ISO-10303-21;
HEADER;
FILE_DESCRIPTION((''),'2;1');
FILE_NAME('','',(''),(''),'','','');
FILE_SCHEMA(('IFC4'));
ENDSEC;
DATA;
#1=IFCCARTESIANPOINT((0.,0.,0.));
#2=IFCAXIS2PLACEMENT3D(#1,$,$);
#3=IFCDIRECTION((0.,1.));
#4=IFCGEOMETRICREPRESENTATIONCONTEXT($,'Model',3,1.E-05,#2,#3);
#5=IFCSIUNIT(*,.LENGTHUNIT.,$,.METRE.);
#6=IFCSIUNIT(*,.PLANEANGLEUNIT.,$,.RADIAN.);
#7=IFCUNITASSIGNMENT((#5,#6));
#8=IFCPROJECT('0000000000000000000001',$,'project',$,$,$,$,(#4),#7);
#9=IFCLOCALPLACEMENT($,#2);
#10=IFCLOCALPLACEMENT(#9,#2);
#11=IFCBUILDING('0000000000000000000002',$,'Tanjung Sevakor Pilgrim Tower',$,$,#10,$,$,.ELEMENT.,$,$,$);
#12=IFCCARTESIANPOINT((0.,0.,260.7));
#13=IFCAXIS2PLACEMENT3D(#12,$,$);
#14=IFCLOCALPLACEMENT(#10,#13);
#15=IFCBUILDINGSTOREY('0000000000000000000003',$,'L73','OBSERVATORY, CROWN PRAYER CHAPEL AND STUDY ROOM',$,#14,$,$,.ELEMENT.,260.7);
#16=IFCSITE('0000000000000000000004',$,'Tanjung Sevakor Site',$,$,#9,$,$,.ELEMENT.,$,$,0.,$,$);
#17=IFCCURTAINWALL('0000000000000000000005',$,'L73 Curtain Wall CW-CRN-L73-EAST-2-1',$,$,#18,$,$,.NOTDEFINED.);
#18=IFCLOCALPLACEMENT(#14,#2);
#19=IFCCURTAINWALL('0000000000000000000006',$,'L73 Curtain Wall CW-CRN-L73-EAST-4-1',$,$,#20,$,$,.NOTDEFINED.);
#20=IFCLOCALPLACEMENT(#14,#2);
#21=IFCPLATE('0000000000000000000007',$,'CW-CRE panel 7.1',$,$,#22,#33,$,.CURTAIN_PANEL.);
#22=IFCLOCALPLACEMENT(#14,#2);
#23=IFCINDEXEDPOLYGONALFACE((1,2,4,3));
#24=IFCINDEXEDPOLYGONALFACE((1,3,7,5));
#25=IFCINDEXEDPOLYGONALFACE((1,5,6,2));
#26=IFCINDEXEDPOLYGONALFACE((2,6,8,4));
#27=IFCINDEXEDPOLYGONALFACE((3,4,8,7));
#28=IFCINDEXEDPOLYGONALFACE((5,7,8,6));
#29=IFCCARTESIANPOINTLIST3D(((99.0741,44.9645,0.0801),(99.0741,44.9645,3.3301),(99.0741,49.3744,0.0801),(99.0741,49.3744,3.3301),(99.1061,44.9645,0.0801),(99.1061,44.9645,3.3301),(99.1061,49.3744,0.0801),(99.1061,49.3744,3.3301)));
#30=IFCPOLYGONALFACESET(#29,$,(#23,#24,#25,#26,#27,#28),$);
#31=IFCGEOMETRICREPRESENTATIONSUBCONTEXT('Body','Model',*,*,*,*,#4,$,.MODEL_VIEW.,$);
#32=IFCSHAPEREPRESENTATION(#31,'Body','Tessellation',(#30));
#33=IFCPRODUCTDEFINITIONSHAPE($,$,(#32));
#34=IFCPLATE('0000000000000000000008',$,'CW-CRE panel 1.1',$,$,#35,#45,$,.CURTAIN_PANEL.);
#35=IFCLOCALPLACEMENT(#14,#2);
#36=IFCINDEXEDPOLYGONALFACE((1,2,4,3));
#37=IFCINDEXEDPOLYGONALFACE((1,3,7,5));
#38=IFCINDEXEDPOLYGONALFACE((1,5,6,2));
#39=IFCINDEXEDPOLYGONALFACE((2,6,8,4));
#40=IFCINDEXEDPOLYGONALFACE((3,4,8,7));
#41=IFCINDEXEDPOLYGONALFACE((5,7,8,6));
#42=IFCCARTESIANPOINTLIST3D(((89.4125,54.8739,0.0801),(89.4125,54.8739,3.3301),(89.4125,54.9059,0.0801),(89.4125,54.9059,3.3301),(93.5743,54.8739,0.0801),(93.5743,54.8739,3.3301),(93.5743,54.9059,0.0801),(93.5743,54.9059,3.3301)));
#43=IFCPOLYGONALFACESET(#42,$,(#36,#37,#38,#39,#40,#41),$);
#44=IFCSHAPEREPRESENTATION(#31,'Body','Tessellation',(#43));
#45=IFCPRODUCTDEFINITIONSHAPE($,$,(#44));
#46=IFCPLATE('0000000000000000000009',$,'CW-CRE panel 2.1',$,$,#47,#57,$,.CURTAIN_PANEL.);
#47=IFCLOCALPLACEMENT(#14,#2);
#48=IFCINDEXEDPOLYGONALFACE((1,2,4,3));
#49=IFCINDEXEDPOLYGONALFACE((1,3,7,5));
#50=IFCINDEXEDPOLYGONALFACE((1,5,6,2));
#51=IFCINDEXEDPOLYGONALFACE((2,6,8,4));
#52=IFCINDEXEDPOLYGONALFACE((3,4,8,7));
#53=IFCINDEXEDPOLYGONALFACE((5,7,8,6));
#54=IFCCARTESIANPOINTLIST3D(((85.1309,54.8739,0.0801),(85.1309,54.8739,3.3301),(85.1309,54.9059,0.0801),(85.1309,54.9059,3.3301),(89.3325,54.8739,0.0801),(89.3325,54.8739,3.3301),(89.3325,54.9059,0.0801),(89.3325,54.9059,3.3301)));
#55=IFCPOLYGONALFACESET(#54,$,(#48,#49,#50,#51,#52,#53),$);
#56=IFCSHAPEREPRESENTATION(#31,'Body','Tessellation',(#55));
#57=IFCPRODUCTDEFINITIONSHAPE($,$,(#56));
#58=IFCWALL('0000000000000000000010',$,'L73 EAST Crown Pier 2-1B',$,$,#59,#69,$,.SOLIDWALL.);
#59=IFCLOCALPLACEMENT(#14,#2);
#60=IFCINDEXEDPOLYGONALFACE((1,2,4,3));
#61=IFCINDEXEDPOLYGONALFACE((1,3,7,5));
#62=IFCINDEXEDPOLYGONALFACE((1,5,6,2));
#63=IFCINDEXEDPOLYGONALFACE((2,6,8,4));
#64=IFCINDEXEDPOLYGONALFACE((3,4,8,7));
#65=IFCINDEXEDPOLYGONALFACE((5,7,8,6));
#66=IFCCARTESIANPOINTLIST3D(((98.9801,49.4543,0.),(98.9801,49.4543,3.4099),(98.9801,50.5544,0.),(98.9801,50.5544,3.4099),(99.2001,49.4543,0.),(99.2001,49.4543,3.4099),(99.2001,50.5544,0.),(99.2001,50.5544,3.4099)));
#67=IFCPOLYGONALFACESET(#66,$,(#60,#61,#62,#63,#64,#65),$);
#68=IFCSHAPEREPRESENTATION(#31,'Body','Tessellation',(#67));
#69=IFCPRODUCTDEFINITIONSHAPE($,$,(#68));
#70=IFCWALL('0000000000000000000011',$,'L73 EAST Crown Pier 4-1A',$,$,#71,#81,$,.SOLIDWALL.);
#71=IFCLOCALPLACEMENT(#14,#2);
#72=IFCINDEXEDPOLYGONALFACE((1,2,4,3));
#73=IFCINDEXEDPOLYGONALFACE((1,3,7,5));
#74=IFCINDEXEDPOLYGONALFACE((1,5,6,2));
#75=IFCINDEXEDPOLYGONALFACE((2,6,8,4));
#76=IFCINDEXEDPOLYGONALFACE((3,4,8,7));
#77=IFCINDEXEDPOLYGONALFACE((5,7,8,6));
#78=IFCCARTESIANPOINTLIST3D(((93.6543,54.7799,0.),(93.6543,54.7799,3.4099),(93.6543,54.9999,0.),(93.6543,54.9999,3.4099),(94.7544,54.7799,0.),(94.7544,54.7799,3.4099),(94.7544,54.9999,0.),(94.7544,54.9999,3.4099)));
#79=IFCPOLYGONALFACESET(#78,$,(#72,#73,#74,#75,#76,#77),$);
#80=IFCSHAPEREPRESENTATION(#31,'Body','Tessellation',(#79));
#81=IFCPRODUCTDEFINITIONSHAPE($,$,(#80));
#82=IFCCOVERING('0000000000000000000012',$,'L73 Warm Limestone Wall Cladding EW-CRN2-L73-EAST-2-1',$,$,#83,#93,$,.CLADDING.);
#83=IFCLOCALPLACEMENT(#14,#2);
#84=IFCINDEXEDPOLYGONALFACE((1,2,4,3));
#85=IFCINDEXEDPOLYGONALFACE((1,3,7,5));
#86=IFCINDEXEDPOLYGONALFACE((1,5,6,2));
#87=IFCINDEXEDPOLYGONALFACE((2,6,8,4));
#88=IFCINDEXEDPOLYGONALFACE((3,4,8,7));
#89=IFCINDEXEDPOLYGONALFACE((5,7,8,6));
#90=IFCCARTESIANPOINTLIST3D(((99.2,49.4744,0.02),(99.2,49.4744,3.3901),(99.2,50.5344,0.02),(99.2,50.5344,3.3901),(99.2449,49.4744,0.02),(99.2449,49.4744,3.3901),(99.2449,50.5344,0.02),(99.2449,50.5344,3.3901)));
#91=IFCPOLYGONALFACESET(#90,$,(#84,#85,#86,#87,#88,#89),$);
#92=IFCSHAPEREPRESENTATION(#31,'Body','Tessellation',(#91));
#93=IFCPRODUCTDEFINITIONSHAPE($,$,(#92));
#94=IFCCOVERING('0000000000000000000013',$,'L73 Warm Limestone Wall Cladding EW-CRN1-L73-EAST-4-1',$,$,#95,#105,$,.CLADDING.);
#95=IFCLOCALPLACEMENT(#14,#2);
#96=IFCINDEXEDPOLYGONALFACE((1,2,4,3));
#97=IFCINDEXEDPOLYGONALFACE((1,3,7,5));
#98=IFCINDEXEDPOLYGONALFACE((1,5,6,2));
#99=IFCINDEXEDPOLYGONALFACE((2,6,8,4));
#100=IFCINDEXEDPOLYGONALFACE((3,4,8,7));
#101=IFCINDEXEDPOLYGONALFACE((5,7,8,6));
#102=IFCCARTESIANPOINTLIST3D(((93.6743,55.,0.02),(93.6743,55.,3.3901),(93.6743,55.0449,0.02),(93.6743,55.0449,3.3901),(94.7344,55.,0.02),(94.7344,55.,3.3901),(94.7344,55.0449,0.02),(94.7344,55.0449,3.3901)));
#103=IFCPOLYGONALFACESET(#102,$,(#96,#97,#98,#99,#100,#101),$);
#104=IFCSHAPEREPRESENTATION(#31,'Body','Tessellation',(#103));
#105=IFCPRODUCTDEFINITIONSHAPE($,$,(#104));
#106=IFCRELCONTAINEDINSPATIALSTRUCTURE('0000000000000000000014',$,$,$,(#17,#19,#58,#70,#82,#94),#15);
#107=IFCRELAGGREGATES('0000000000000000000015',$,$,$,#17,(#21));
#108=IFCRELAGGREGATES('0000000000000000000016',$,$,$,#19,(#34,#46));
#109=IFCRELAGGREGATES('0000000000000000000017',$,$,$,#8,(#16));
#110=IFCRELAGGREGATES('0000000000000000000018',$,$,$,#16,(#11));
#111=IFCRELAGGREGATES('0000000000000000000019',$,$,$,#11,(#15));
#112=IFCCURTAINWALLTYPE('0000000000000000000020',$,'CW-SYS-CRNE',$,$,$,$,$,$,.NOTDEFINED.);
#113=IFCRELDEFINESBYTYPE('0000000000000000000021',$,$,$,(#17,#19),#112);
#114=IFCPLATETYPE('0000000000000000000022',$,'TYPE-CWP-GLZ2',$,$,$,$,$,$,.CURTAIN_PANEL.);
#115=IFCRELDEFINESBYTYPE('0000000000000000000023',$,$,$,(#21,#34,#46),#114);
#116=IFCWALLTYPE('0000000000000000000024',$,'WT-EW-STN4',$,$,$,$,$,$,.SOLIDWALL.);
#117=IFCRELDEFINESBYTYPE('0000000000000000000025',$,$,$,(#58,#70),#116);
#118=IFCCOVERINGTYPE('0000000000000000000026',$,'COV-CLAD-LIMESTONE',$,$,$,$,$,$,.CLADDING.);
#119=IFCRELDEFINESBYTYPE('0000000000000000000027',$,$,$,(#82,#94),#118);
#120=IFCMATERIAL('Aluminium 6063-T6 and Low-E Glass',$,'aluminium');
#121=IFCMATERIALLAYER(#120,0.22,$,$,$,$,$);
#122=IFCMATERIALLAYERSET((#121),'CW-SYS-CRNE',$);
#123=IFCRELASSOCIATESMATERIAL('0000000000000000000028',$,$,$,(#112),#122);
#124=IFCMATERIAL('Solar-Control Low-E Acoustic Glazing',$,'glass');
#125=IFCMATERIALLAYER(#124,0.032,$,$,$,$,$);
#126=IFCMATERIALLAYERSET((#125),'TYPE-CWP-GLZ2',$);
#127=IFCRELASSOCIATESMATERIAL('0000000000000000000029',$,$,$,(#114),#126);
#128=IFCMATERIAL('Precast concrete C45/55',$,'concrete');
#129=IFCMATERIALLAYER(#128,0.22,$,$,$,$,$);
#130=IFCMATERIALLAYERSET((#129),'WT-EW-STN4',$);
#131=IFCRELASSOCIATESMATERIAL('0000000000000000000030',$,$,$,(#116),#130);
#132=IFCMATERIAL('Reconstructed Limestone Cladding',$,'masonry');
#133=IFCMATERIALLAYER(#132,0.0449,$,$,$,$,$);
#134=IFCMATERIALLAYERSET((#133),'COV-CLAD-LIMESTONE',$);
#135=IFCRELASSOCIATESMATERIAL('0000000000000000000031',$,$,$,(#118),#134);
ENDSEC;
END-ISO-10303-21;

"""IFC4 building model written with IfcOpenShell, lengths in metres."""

from ifc_helpers import new_model, si_unit, direction, frame, frame_2d, origin, origin_2d, place, context, subcontext, project, spatial, rectangle, extrude, material, layer, layer_set, type_object, element, aggregate, save


model = new_model("IFC4")

# Units and contexts
model_context = context("Model", 3, precision=1e-05, world=origin(), true_north=direction((0.0, 1.0)))
body_context = subcontext(model_context, "Body", "Model", "MODEL_VIEW")
ifc_project = project(units=[si_unit("LENGTHUNIT", "METRE"), si_unit("PLANEANGLEUNIT", "RADIAN")], contexts=[model_context])

# Site, building, storey
site_placement = place(None, origin())
site = spatial("IfcSite", under=ifc_project, at=site_placement, Name="Tanjung Sevakor Site", CompositionType="ELEMENT", RefElevation=0.0)
building_placement = place(site_placement, origin())
building = spatial("IfcBuilding", under=site, at=building_placement, Name="Tanjung Sevakor Pilgrim Tower", CompositionType="ELEMENT")
storey_placement = place(building_placement, frame((0.0, 0.0, 260.7)))
storey = spatial("IfcBuildingStorey", under=building, at=storey_placement, Name="L73", Description="OBSERVATORY, CROWN PRAYER CHAPEL AND STUDY ROOM", CompositionType="ELEMENT", Elevation=260.7)

# Curtain walls
ifc_material_1 = material(Name="Aluminium 6063-T6 and Low-E Glass", Category="aluminium")
ifc_layer_1 = layer(ifc_material_1, 0.22)
ifc_layer_set_1 = layer_set([ifc_layer_1], Name="CW-SYS-CRNE")
curtain_wall_type_1 = type_object("IfcCurtainWallType", Name="CW-SYS-CRNE", PredefinedType="NOTDEFINED", material=ifc_layer_set_1)
curtain_wall_1_placement = place(storey_placement, origin())
curtain_wall_1 = element("IfcCurtainWall", 1, at=curtain_wall_1_placement, inside=storey, type_object=curtain_wall_type_1, Name="L73 Curtain Wall CW-CRN-L73-EAST-2-1", PredefinedType="NOTDEFINED")
curtain_wall_2_placement = place(storey_placement, origin())
curtain_wall_2 = element("IfcCurtainWall", 2, at=curtain_wall_2_placement, inside=storey, type_object=curtain_wall_type_1, Name="L73 Curtain Wall CW-CRN-L73-EAST-4-1", PredefinedType="NOTDEFINED")

# Plates
ifc_material_2 = material(Name="Solar-Control Low-E Acoustic Glazing", Category="glass")
ifc_layer_2 = layer(ifc_material_2, 0.032)
ifc_layer_set_2 = layer_set([ifc_layer_2], Name="TYPE-CWP-GLZ2")
plate_type_1 = type_object("IfcPlateType", Name="TYPE-CWP-GLZ2", PredefinedType="CURTAIN_PANEL", material=ifc_layer_set_2)
plate_1_placement = place(storey_placement, frame((99.0901, 47.1694, 0.0801), z_axis=(0.0, 0.0, 1.0), x_axis=(0.0, 1.0, 0.0)))
plate_1 = element("IfcPlate", 3, at=plate_1_placement, type_object=plate_type_1, Name="CW-CRE panel 7.1", PredefinedType="CURTAIN_PANEL", context=body_context, shape_type="SweptSolid", body=[
    extrude(rectangle(XDim=4.4099, YDim=0.032, at=origin_2d()), origin(), (0.0, 0.0, 1.0), 3.25),
])
aggregate(curtain_wall_1, [plate_1])
plate_2_placement = place(storey_placement, frame((91.4934, 54.8899, 0.0801), z_axis=(0.0, 0.0, 1.0), x_axis=(-1.0, 0.0, 0.0)))
plate_2 = element("IfcPlate", 4, at=plate_2_placement, type_object=plate_type_1, Name="CW-CRE panel 1.1", PredefinedType="CURTAIN_PANEL", context=body_context, shape_type="SweptSolid", body=[
    extrude(rectangle(XDim=4.1619, YDim=0.032, at=origin_2d()), origin(), (0.0, 0.0, 1.0), 3.25),
])
plate_3_placement = place(storey_placement, frame((87.2317, 54.8899, 0.0801), z_axis=(0.0, 0.0, 1.0), x_axis=(-1.0, 0.0, 0.0)))
plate_3 = element("IfcPlate", 5, at=plate_3_placement, type_object=plate_type_1, Name="CW-CRE panel 2.1", PredefinedType="CURTAIN_PANEL", context=body_context, shape_type="SweptSolid", body=[
    extrude(rectangle(XDim=4.2017, YDim=0.032, at=origin_2d()), origin(), (0.0, 0.0, 1.0), 3.25),
])
aggregate(curtain_wall_2, [plate_2, plate_3])

# Walls
ifc_material_3 = material(Name="Precast concrete C45/55", Category="concrete")
ifc_layer_3 = layer(ifc_material_3, 0.22)
ifc_layer_set_3 = layer_set([ifc_layer_3], Name="WT-EW-STN4")
wall_type_1 = type_object("IfcWallType", Name="WT-EW-STN4", PredefinedType="SOLIDWALL", material=ifc_layer_set_3)
for number, where, z_axis, x_axis, name in (
    (6, (99.0901, 49.4543, 0.0), (0.0, 0.0, 1.0), (0.0, 1.0, 0.0), "L73 EAST Crown Pier 2-1B"),
    (7, (94.7544, 54.8899, 0.0), (0.0, 0.0, 1.0), (-1.0, 0.0, 0.0), "L73 EAST Crown Pier 4-1A"),
):
    element("IfcWall", number, at=place(storey_placement, frame(where, z_axis=z_axis, x_axis=x_axis)), inside=storey, type_object=wall_type_1, Name=name, PredefinedType="SOLIDWALL", context=body_context, shape_type="SweptSolid", body=[
        extrude(rectangle(XDim=1.1001, YDim=0.22, at=frame_2d((0.55, 0.0))), origin(), (0.0, 0.0, 1.0), 3.4099),
    ])

# Coverings
ifc_material_4 = material(Name="Reconstructed Limestone Cladding", Category="masonry")
ifc_layer_4 = layer(ifc_material_4, 0.0449)
ifc_layer_set_4 = layer_set([ifc_layer_4], Name="COV-CLAD-LIMESTONE")
covering_type = type_object("IfcCoveringType", Name="COV-CLAD-LIMESTONE", PredefinedType="CLADDING", material=ifc_layer_set_4)
for number, where, z_axis, x_axis, name in (
    (8, (99.2224, 50.0044, 0.02), (0.0, 0.0, 1.0), (0.0, 1.0, 0.0), "L73 Warm Limestone Wall Cladding EW-CRN2-L73-EAST-2-1"),
    (9, (94.2043, 55.0225, 0.02), (0.0, 0.0, 1.0), (-1.0, 0.0, 0.0), "L73 Warm Limestone Wall Cladding EW-CRN1-L73-EAST-4-1"),
):
    element("IfcCovering", number, at=place(storey_placement, frame(where, z_axis=z_axis, x_axis=x_axis)), inside=storey, type_object=covering_type, Name=name, PredefinedType="CLADDING", context=body_context, shape_type="SweptSolid", body=[
        extrude(rectangle(XDim=1.0601, YDim=0.0449, at=origin_2d()), origin(), (0.0, 0.0, 1.0), 3.3701),
    ])

save(model, "model.ifc")
